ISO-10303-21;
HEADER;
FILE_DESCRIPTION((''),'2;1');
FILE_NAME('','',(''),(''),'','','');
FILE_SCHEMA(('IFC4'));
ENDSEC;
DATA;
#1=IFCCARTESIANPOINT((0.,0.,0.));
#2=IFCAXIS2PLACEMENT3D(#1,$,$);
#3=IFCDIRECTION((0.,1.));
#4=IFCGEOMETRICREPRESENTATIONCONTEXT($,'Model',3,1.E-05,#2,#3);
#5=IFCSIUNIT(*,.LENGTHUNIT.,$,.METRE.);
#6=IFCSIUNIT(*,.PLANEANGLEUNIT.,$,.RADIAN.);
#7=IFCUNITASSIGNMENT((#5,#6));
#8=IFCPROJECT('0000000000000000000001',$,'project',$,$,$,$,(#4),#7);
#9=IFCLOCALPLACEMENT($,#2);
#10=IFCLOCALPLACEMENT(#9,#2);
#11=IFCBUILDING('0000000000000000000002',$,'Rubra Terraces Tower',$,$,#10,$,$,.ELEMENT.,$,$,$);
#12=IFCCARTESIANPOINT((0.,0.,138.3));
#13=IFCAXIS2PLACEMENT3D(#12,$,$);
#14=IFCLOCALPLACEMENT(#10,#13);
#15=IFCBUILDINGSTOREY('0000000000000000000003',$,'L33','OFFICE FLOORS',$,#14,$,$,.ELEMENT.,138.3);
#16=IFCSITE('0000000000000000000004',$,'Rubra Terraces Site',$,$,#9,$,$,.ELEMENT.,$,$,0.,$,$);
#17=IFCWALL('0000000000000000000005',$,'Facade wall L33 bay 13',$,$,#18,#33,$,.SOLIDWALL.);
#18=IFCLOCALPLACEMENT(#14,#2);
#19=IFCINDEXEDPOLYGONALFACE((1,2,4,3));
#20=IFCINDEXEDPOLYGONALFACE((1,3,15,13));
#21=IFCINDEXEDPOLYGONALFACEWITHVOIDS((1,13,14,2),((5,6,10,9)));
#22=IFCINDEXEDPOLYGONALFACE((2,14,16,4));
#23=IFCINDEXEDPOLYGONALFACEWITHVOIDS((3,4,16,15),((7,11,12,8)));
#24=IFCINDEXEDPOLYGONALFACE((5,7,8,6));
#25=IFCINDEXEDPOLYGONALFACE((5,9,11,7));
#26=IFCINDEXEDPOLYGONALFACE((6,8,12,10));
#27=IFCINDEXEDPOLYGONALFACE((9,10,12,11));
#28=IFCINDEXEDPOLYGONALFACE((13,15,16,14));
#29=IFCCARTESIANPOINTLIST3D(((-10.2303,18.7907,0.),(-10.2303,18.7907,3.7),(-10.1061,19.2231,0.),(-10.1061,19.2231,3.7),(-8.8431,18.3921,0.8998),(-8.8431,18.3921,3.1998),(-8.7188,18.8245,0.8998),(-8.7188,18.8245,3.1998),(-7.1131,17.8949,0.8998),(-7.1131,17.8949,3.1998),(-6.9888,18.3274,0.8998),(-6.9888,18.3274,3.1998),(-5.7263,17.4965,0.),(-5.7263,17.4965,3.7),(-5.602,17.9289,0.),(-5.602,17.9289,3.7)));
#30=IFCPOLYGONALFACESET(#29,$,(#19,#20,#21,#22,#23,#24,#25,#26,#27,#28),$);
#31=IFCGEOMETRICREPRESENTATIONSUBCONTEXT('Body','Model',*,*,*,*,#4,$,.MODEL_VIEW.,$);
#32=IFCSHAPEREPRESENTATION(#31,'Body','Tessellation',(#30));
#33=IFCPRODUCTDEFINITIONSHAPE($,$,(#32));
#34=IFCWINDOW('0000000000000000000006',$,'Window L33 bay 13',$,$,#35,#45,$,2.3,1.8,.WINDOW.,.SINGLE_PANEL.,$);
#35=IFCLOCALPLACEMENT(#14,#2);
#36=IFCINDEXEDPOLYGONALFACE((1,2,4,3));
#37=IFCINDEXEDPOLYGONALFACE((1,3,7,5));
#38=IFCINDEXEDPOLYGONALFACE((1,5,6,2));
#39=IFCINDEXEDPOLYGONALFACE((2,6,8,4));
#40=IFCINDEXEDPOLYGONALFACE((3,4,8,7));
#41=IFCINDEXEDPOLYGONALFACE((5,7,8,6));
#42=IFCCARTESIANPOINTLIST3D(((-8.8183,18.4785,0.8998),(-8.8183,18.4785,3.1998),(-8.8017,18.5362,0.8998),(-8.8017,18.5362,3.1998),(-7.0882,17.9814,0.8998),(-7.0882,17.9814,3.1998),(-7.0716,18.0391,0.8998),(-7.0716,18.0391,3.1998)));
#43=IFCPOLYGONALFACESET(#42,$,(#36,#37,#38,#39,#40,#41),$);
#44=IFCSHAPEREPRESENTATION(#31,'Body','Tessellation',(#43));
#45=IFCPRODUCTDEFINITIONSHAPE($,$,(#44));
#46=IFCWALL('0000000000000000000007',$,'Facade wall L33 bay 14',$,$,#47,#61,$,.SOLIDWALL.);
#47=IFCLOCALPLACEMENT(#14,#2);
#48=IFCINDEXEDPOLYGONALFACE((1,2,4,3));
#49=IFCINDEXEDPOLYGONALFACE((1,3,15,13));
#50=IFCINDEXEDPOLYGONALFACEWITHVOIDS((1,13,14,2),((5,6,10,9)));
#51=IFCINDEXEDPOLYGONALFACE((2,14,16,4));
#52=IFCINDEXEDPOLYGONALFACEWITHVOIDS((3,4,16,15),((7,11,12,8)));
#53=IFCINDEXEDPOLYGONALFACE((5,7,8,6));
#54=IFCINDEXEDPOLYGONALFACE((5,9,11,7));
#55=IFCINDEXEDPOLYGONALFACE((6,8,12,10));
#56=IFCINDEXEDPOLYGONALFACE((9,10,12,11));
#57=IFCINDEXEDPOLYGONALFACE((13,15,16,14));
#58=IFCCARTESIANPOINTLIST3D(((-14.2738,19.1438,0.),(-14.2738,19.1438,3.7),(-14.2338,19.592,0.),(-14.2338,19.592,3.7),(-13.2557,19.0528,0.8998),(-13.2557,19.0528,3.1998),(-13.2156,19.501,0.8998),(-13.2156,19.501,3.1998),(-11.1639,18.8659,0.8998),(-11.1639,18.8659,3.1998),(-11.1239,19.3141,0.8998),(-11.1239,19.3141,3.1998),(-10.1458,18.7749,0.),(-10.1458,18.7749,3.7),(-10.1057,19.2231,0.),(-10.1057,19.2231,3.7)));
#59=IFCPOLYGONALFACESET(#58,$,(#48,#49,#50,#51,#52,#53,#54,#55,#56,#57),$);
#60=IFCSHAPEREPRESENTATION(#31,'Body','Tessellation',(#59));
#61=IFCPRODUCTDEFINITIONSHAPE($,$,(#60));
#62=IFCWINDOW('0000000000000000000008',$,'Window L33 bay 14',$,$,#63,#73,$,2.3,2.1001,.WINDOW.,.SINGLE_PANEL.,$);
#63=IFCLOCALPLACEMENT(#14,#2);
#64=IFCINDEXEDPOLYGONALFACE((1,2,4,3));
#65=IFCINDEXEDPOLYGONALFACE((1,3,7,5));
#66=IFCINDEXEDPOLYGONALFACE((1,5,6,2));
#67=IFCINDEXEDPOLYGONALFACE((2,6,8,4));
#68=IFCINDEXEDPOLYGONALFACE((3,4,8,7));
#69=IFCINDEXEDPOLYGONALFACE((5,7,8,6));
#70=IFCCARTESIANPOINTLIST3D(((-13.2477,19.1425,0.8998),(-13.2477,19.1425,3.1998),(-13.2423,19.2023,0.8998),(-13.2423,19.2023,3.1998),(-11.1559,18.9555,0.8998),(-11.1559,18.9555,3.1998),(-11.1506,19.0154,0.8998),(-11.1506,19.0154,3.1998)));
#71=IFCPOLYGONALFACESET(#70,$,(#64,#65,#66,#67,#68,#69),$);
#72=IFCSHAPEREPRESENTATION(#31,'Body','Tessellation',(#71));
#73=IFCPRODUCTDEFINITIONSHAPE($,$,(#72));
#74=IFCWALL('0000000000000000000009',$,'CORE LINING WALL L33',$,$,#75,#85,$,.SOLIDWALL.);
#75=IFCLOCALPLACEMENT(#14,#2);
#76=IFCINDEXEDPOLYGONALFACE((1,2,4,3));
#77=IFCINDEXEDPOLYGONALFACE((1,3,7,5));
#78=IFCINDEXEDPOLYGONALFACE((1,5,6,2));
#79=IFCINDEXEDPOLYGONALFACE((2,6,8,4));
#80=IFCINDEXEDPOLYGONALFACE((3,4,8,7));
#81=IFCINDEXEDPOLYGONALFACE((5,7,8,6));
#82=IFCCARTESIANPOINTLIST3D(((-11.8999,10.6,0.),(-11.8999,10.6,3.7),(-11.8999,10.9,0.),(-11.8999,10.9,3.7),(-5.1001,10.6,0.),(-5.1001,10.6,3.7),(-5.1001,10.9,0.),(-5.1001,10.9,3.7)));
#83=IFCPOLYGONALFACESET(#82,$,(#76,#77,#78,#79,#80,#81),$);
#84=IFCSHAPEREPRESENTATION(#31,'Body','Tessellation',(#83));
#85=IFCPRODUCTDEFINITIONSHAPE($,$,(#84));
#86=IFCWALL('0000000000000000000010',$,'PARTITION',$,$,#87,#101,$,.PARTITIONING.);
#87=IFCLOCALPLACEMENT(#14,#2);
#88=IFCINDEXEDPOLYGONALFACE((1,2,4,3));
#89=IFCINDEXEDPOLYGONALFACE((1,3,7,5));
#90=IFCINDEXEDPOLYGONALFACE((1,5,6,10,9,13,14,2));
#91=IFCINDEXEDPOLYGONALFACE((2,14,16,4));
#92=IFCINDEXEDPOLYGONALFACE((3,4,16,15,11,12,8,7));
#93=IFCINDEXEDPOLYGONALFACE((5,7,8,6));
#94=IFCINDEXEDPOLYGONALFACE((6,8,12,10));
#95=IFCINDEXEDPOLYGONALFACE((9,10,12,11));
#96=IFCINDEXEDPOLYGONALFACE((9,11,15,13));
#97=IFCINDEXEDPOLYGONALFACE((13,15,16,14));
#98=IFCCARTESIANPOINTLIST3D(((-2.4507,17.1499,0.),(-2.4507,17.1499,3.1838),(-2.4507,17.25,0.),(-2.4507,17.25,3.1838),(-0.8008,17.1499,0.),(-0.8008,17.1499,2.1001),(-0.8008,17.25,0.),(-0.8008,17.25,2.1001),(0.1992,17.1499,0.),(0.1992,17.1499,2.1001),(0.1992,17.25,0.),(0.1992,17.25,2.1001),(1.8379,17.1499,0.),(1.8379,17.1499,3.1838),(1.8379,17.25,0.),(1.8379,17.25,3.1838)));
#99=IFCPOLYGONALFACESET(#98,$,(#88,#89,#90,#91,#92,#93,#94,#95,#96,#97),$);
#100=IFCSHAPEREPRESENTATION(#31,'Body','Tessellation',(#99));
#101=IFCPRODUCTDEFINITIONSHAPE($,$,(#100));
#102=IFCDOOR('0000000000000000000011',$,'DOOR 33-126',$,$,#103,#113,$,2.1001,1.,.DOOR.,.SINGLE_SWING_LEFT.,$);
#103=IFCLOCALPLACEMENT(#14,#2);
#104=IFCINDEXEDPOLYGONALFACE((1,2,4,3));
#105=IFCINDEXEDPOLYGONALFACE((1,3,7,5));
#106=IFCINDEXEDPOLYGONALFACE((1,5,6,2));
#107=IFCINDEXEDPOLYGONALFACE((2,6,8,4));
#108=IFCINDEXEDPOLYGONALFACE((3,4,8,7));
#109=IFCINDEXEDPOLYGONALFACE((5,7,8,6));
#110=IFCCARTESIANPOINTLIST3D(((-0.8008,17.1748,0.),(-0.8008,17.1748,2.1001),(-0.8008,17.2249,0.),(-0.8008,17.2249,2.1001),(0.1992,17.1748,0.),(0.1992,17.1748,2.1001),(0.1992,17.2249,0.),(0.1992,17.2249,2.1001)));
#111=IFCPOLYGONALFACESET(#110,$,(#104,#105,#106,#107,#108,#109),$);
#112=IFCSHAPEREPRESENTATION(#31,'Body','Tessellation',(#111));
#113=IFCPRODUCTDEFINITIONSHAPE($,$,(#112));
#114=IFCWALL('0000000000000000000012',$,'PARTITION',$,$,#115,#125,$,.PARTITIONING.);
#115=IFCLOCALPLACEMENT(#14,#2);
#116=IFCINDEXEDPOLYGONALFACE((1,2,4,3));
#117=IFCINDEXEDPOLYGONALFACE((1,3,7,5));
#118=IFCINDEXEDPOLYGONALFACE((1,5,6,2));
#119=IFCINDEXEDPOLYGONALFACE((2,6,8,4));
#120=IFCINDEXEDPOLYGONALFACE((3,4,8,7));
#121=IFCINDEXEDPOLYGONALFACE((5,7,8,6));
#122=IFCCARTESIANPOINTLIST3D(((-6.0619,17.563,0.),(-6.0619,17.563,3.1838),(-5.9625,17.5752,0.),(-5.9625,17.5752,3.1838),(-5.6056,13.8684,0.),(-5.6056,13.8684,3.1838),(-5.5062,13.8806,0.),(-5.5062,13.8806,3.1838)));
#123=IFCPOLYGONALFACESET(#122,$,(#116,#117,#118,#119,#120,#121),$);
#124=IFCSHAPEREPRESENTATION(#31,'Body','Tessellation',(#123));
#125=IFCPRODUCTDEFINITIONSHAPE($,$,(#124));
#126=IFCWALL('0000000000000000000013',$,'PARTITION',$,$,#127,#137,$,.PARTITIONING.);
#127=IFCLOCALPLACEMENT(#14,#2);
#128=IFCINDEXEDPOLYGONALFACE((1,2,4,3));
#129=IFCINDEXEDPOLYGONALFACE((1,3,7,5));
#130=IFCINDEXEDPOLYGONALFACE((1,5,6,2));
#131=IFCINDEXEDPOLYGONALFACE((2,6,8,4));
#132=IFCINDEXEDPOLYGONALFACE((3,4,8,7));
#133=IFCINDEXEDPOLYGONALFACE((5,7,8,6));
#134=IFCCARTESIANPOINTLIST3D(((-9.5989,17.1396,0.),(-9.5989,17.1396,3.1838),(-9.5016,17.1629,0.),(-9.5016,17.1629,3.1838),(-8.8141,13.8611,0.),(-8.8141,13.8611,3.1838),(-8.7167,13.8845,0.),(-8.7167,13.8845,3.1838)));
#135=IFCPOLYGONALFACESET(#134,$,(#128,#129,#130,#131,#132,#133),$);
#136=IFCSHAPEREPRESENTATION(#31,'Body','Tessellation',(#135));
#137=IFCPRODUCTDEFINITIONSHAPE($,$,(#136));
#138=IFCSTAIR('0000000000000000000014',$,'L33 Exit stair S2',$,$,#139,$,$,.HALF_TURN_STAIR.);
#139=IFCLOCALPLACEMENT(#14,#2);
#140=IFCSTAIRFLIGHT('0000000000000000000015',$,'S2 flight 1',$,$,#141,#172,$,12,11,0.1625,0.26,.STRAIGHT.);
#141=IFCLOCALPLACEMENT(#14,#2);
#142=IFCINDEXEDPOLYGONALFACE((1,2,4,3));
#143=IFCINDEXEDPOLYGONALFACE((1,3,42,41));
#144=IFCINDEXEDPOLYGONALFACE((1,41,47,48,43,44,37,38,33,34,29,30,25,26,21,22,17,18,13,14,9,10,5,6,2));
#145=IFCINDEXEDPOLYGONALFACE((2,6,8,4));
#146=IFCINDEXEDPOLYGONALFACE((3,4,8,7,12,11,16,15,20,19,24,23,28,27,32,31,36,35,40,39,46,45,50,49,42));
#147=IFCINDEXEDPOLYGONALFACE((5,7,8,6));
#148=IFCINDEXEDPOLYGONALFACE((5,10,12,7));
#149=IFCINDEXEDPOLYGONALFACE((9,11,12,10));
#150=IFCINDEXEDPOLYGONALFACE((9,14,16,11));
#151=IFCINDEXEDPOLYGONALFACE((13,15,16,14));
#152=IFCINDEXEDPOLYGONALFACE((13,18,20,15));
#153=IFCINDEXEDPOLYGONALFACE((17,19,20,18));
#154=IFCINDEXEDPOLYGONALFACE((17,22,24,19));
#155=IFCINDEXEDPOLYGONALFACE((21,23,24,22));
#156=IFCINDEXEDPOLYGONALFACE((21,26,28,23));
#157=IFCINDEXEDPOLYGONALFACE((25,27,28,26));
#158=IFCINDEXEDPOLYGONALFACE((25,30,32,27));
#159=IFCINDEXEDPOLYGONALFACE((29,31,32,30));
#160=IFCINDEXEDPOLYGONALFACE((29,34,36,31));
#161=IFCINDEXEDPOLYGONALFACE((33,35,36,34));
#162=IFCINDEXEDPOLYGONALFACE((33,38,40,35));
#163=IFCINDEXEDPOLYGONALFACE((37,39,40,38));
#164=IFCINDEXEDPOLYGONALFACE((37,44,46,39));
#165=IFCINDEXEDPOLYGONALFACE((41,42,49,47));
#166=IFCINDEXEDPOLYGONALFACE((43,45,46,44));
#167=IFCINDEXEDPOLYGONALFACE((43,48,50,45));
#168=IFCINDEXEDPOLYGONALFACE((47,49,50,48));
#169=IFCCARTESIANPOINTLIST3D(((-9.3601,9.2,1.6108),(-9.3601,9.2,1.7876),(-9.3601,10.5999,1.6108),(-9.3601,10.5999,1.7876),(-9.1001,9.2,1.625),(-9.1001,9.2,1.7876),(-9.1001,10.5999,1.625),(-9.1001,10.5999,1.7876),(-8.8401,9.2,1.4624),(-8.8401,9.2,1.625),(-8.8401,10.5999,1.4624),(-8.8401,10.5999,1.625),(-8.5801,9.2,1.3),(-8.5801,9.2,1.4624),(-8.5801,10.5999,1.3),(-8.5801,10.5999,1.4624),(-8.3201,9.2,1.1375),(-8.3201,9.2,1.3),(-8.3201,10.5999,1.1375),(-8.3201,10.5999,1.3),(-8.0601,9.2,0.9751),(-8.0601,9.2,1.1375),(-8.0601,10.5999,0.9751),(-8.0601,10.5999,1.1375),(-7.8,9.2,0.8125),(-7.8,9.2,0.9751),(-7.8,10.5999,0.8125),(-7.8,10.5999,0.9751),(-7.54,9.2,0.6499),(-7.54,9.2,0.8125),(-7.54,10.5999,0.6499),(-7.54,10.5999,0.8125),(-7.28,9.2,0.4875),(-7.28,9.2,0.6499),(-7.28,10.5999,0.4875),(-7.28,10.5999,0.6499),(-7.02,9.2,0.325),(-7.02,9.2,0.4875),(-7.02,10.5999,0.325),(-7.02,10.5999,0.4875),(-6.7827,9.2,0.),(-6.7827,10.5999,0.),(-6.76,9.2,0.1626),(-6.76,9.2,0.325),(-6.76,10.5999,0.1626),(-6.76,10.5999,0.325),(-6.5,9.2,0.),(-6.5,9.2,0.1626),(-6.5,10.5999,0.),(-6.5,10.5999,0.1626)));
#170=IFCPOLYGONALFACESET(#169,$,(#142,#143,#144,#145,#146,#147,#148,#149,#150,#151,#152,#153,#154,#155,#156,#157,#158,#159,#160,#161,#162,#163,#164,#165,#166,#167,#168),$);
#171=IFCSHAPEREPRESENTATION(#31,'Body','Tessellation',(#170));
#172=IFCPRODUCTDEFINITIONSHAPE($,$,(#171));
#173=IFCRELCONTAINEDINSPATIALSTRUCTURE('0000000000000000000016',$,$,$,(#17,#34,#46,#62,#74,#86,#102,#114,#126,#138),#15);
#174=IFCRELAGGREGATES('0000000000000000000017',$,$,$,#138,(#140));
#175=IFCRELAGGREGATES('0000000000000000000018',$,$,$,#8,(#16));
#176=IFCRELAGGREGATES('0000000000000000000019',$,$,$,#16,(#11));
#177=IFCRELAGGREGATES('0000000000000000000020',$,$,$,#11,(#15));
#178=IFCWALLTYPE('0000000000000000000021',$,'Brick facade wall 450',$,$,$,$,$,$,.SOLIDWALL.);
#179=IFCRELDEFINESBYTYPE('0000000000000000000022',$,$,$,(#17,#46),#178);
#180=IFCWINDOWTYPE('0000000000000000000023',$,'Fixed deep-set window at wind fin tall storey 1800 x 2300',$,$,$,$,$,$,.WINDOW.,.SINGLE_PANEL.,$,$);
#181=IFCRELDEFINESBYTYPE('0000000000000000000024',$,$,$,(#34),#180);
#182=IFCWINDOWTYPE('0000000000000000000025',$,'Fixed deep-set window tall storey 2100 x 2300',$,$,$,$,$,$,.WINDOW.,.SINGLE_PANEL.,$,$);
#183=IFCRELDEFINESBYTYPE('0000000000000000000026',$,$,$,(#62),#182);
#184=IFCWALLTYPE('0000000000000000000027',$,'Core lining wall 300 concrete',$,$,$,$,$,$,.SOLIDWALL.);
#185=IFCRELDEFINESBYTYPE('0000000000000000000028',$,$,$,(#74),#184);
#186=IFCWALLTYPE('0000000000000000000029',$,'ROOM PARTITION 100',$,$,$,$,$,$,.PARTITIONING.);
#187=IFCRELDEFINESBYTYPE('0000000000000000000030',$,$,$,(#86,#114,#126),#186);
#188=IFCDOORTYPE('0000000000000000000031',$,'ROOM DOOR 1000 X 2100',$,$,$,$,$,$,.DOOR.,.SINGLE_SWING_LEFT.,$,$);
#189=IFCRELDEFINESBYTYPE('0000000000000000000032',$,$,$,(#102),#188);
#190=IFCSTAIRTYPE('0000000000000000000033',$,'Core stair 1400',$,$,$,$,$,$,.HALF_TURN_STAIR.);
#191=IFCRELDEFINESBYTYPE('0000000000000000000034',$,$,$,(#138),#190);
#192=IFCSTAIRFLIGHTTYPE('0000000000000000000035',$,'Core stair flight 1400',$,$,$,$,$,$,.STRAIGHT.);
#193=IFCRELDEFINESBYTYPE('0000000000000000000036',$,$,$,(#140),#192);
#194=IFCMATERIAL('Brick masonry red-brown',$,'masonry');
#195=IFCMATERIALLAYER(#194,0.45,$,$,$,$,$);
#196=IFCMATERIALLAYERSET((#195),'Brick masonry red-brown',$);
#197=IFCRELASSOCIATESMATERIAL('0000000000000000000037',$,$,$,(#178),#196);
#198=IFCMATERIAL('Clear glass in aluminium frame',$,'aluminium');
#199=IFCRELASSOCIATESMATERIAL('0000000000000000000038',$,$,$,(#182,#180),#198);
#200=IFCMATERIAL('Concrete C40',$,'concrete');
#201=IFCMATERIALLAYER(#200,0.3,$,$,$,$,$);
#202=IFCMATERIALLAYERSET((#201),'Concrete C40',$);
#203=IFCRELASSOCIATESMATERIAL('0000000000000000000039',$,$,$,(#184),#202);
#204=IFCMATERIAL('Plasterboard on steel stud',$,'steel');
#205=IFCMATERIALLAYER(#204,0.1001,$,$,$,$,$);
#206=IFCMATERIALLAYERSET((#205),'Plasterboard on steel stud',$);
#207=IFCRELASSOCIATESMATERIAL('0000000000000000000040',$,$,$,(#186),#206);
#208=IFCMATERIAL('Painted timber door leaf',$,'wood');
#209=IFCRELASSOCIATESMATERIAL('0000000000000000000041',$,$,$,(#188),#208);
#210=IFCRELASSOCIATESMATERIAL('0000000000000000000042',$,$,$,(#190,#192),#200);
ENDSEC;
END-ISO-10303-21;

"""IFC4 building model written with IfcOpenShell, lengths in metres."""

from ifc_helpers import new_model, si_unit, direction, frame, frame_2d, origin, place, context, subcontext, project, spatial, polyline, rectangle, outline, extrude, material, layer, layer_set, type_object, element, fill, aggregate, save


model = new_model("IFC4")

# Units and contexts
model_context = context("Model", 3, precision=1e-05, world=origin(), true_north=direction((0.0, 1.0)))
body_context = subcontext(model_context, "Body", "Model", "MODEL_VIEW")
ifc_project = project(units=[si_unit("LENGTHUNIT", "METRE"), si_unit("PLANEANGLEUNIT", "RADIAN")], contexts=[model_context])

# Site, building, storey
site_placement = place(None, origin())
site = spatial("IfcSite", under=ifc_project, at=site_placement, Name="Rubra Terraces Site", CompositionType="ELEMENT", RefElevation=0.0)
building_placement = place(site_placement, origin())
building = spatial("IfcBuilding", under=site, at=building_placement, Name="Rubra Terraces Tower", CompositionType="ELEMENT")
storey_placement = place(building_placement, frame((0.0, 0.0, 138.3)))
storey = spatial("IfcBuildingStorey", under=building, at=storey_placement, Name="L33", Description="OFFICE FLOORS", CompositionType="ELEMENT", Elevation=138.3)

# Walls, openings, windows
ifc_material_1 = material(Name="Brick masonry red-brown", Category="masonry")
ifc_layer_1 = layer(ifc_material_1, 0.45)
ifc_layer_set_1 = layer_set([ifc_layer_1], Name="Brick masonry red-brown")
wall_type_1 = type_object("IfcWallType", Name="Brick facade wall 450", PredefinedType="SOLIDWALL", material=ifc_layer_set_1)
ifc_material_2 = material(Name="Clear glass in aluminium frame", Category="aluminium")
window_type_1 = type_object("IfcWindowType", Name="Fixed deep-set window tall storey 2100 x 2300", PartitioningType="SINGLE_PANEL", PredefinedType="WINDOW", material=ifc_material_2)
wall_1_placement = place(storey_placement, frame((-5.6641, 17.7126, 0.0), z_axis=(0.0, 0.0, 1.0), x_axis=(-0.961108, 0.276173, 0.0)))
wall_1 = element("IfcWall", 1, at=wall_1_placement, inside=storey, type_object=wall_type_1, Name="Facade wall L33 bay 13", PredefinedType="SOLIDWALL", context=body_context, shape_type="SweptSolid", body=[
    extrude(rectangle(XDim=4.6863, YDim=0.45, at=frame_2d((2.3433, 0.0))), origin(), (0.0, 0.0, 1.0), 3.7),
])
opening_1_placement = place(wall_1_placement, frame((1.4431, 0.0, 0.8999)))
opening_1 = element("IfcOpeningElement", 2, at=opening_1_placement, cuts=wall_1, PredefinedType="OPENING", context=body_context, shape_type="SweptSolid", body=[
    extrude(rectangle(XDim=1.8, YDim=2.3, at=frame_2d((0.8999, 1.1499))), frame((0.0, 0.2349, 0.0), z_axis=(0.0, -1.0, 0.0), x_axis=(1.0, 0.0, 0.0)), (0.0, 0.0, 1.0), 0.47),
])
window_type_2 = type_object("IfcWindowType", Name="Fixed deep-set window at wind fin tall storey 1800 x 2300", PartitioningType="SINGLE_PANEL", PredefinedType="WINDOW", material=ifc_material_2)
window_1_placement = place(opening_1_placement, origin())
window_1 = element("IfcWindow", 3, at=window_1_placement, inside=storey, type_object=window_type_2, Name="Window L33 bay 13", OverallHeight=2.3, OverallWidth=1.8, PartitioningType="SINGLE_PANEL", PredefinedType="WINDOW", context=body_context, shape_type="SweptSolid", body=[
    extrude(rectangle(XDim=1.8, YDim=2.3, at=frame_2d((0.8999, 1.1499))), frame((0.0, 0.135, 0.0), z_axis=(0.0, -1.0, 0.0), x_axis=(1.0, 0.0, 0.0)), (0.0, 0.0, 1.0), 0.0601),
])
fill(opening_1, window_1)
wall_2_placement = place(storey_placement, frame((-10.1257, 18.999, 0.0), z_axis=(0.0, 0.0, 1.0), x_axis=(-0.996031, 0.089006, 0.0)))
wall_2 = element("IfcWall", 4, at=wall_2_placement, inside=storey, type_object=wall_type_1, Name="Facade wall L33 bay 14", PredefinedType="SOLIDWALL", context=body_context, shape_type="SweptSolid", body=[
    extrude(rectangle(XDim=4.1445, YDim=0.45, at=frame_2d((2.0723, 0.0))), origin(), (0.0, 0.0, 1.0), 3.7),
])
opening_2_placement = place(wall_2_placement, frame((1.0222, 0.0, 0.8999)))
opening_2 = element("IfcOpeningElement", 5, at=opening_2_placement, cuts=wall_2, PredefinedType="OPENING", context=body_context, shape_type="SweptSolid", body=[
    extrude(rectangle(XDim=2.1001, YDim=2.3, at=frame_2d((1.05, 1.1499))), frame((0.0, 0.2349, 0.0), z_axis=(0.0, -1.0, 0.0), x_axis=(1.0, 0.0, 0.0)), (0.0, 0.0, 1.0), 0.47),
])
window_2_placement = place(opening_2_placement, origin())
window_2 = element("IfcWindow", 6, at=window_2_placement, inside=storey, type_object=window_type_1, Name="Window L33 bay 14", OverallHeight=2.3, OverallWidth=2.1001, PartitioningType="SINGLE_PANEL", PredefinedType="WINDOW", context=body_context, shape_type="SweptSolid", body=[
    extrude(rectangle(XDim=2.1001, YDim=2.3, at=frame_2d((1.05, 1.1499))), frame((0.0, 0.135, 0.0), z_axis=(0.0, -1.0, 0.0), x_axis=(1.0, 0.0, 0.0)), (0.0, 0.0, 1.0), 0.0601),
])
fill(opening_2, window_2)

# Wall
ifc_material_3 = material(Name="Concrete C40", Category="concrete")
ifc_layer_2 = layer(ifc_material_3, 0.3)
ifc_layer_set_2 = layer_set([ifc_layer_2], Name="Concrete C40")
wall_type_2 = type_object("IfcWallType", Name="Core lining wall 300 concrete", PredefinedType="SOLIDWALL", material=ifc_layer_set_2)
wall_3_placement = place(storey_placement, frame((-11.8999, 10.75, 0.0), z_axis=(0.0, 0.0, 1.0), x_axis=(1.0, 0.0, 0.0)))
element("IfcWall", 7, at=wall_3_placement, inside=storey, type_object=wall_type_2, Name="CORE LINING WALL L33", PredefinedType="SOLIDWALL", context=body_context, shape_type="SweptSolid", body=[
    extrude(rectangle(XDim=6.7998, YDim=0.3, at=frame_2d((3.3999, 0.0))), origin(), (0.0, 0.0, 1.0), 3.7),
])

# Wall, opening, door
ifc_material_4 = material(Name="Plasterboard on steel stud", Category="steel")
ifc_layer_3 = layer(ifc_material_4, 0.1001)
ifc_layer_set_3 = layer_set([ifc_layer_3], Name="Plasterboard on steel stud")
wall_type_3 = type_object("IfcWallType", Name="ROOM PARTITION 100", PredefinedType="PARTITIONING", material=ifc_layer_set_3)
wall_4_placement = place(storey_placement, frame((-2.4507, 17.2, 0.0), z_axis=(0.0, 0.0, 1.0), x_axis=(1.0, 0.0, 0.0)))
wall_4 = element("IfcWall", 8, at=wall_4_placement, inside=storey, type_object=wall_type_3, Name="PARTITION", PredefinedType="PARTITIONING", context=body_context, shape_type="SweptSolid", body=[
    extrude(rectangle(XDim=4.2886, YDim=0.1001, at=frame_2d((2.1443, 0.0))), origin(), (0.0, 0.0, 1.0), 3.1838),
])
opening_3_placement = place(wall_4_placement, frame((1.6499, 0.0, 0.0)))
opening_3 = element("IfcOpeningElement", 9, at=opening_3_placement, cuts=wall_4, PredefinedType="OPENING", context=body_context, shape_type="SweptSolid", body=[
    extrude(rectangle(XDim=1.0, YDim=2.1001, at=frame_2d((0.5, 1.05))), frame((0.0, 0.0601, 0.0), z_axis=(0.0, -1.0, 0.0), x_axis=(1.0, 0.0, 0.0)), (0.0, 0.0, 1.0), 0.1201),
])
ifc_material_5 = material(Name="Painted timber door leaf", Category="wood")
door_type = type_object("IfcDoorType", Name="ROOM DOOR 1000 X 2100", OperationType="SINGLE_SWING_LEFT", PredefinedType="DOOR", material=ifc_material_5)
door_placement = place(opening_3_placement, origin())
door = element("IfcDoor", 10, at=door_placement, inside=storey, type_object=door_type, Name="DOOR 33-126", OperationType="SINGLE_SWING_LEFT", OverallHeight=2.1001, OverallWidth=1.0, PredefinedType="DOOR", context=body_context, shape_type="SweptSolid", body=[
    extrude(rectangle(XDim=1.0, YDim=2.1001, at=frame_2d((0.5, 1.05))), frame((0.0, 0.0249, 0.0), z_axis=(0.0, -1.0, 0.0), x_axis=(1.0, 0.0, 0.0)), (0.0, 0.0, 1.0), 0.05),
])
fill(opening_3, door)

# Walls
wall_5_placement = place(storey_placement, frame((-5.5559, 13.8745, 0.0), z_axis=(0.0, 0.0, 1.0), x_axis=(-0.122574, 0.992459, 0.0)))
element("IfcWall", 11, at=wall_5_placement, inside=storey, type_object=wall_type_3, Name="PARTITION", PredefinedType="PARTITIONING", context=body_context, shape_type="SweptSolid", body=[
    extrude(rectangle(XDim=3.7227, YDim=0.1001, at=frame_2d((1.8613, 0.0))), origin(), (0.0, 0.0, 1.0), 3.1838),
])
wall_6_placement = place(storey_placement, frame((-8.7654, 13.8728, 0.0), z_axis=(0.0, 0.0, 1.0), x_axis=(-0.232828, 0.972518, 0.0)))
element("IfcWall", 12, at=wall_6_placement, inside=storey, type_object=wall_type_3, Name="PARTITION", PredefinedType="PARTITIONING", context=body_context, shape_type="SweptSolid", body=[
    extrude(rectangle(XDim=3.3711, YDim=0.1001, at=frame_2d((1.6855, 0.0))), origin(), (0.0, 0.0, 1.0), 3.1838),
])

# Stair, stair flight
stair_type = type_object("IfcStairType", Name="Core stair 1400", PredefinedType="HALF_TURN_STAIR", material=ifc_material_3)
stair_placement = place(storey_placement, origin())
stair = element("IfcStair", 13, at=stair_placement, inside=storey, type_object=stair_type, Name="L33 Exit stair S2", PredefinedType="HALF_TURN_STAIR")
stair_flight_type = type_object("IfcStairFlightType", Name="Core stair flight 1400", PredefinedType="STRAIGHT", material=ifc_material_3)
stair_flight_placement = place(storey_placement, frame((-6.5, 9.8999, 0.0), z_axis=(0.0, 0.0, 1.0), x_axis=(-1.0, 0.0, 0.0)))
stair_flight = element("IfcStairFlight", 14, at=stair_flight_placement, type_object=stair_flight_type, Name="S2 flight 1", NumberOfRisers=12, NumberOfTreads=11, PredefinedType="STRAIGHT", RiserHeight=0.1625, TreadLength=0.26, context=body_context, shape_type="SweptSolid", body=[
    extrude(outline(polyline([(0.0, 0.0), (0.0, 0.1626), (0.26, 0.1626), (0.26, 0.325), (0.52, 0.325), (0.52, 0.4875), (0.78, 0.4875), (0.78, 0.6499), (1.04, 0.6499), (1.04, 0.8125), (1.3, 0.8125), (1.3, 0.9751), (1.5601, 0.9751), (1.5601, 1.1375), (1.8201, 1.1375), (1.8201, 1.3), (2.0801, 1.3), (2.0801, 1.4624), (2.3401, 1.4624), (2.3401, 1.625), (2.6001, 1.625), (2.6001, 1.7876), (2.8601, 1.7876), (2.8601, 1.95), (2.8601, 1.6108), (0.2827, 0.0), (0.0, 0.0)])), frame((0.0, 0.7, 0.0), z_axis=(0.0, -1.0, 0.0), x_axis=(1.0, 0.0, 0.0)), (0.0, 0.0, 1.0), 1.3999),
])
aggregate(stair, [stair_flight])

save(model, "model.ifc")
